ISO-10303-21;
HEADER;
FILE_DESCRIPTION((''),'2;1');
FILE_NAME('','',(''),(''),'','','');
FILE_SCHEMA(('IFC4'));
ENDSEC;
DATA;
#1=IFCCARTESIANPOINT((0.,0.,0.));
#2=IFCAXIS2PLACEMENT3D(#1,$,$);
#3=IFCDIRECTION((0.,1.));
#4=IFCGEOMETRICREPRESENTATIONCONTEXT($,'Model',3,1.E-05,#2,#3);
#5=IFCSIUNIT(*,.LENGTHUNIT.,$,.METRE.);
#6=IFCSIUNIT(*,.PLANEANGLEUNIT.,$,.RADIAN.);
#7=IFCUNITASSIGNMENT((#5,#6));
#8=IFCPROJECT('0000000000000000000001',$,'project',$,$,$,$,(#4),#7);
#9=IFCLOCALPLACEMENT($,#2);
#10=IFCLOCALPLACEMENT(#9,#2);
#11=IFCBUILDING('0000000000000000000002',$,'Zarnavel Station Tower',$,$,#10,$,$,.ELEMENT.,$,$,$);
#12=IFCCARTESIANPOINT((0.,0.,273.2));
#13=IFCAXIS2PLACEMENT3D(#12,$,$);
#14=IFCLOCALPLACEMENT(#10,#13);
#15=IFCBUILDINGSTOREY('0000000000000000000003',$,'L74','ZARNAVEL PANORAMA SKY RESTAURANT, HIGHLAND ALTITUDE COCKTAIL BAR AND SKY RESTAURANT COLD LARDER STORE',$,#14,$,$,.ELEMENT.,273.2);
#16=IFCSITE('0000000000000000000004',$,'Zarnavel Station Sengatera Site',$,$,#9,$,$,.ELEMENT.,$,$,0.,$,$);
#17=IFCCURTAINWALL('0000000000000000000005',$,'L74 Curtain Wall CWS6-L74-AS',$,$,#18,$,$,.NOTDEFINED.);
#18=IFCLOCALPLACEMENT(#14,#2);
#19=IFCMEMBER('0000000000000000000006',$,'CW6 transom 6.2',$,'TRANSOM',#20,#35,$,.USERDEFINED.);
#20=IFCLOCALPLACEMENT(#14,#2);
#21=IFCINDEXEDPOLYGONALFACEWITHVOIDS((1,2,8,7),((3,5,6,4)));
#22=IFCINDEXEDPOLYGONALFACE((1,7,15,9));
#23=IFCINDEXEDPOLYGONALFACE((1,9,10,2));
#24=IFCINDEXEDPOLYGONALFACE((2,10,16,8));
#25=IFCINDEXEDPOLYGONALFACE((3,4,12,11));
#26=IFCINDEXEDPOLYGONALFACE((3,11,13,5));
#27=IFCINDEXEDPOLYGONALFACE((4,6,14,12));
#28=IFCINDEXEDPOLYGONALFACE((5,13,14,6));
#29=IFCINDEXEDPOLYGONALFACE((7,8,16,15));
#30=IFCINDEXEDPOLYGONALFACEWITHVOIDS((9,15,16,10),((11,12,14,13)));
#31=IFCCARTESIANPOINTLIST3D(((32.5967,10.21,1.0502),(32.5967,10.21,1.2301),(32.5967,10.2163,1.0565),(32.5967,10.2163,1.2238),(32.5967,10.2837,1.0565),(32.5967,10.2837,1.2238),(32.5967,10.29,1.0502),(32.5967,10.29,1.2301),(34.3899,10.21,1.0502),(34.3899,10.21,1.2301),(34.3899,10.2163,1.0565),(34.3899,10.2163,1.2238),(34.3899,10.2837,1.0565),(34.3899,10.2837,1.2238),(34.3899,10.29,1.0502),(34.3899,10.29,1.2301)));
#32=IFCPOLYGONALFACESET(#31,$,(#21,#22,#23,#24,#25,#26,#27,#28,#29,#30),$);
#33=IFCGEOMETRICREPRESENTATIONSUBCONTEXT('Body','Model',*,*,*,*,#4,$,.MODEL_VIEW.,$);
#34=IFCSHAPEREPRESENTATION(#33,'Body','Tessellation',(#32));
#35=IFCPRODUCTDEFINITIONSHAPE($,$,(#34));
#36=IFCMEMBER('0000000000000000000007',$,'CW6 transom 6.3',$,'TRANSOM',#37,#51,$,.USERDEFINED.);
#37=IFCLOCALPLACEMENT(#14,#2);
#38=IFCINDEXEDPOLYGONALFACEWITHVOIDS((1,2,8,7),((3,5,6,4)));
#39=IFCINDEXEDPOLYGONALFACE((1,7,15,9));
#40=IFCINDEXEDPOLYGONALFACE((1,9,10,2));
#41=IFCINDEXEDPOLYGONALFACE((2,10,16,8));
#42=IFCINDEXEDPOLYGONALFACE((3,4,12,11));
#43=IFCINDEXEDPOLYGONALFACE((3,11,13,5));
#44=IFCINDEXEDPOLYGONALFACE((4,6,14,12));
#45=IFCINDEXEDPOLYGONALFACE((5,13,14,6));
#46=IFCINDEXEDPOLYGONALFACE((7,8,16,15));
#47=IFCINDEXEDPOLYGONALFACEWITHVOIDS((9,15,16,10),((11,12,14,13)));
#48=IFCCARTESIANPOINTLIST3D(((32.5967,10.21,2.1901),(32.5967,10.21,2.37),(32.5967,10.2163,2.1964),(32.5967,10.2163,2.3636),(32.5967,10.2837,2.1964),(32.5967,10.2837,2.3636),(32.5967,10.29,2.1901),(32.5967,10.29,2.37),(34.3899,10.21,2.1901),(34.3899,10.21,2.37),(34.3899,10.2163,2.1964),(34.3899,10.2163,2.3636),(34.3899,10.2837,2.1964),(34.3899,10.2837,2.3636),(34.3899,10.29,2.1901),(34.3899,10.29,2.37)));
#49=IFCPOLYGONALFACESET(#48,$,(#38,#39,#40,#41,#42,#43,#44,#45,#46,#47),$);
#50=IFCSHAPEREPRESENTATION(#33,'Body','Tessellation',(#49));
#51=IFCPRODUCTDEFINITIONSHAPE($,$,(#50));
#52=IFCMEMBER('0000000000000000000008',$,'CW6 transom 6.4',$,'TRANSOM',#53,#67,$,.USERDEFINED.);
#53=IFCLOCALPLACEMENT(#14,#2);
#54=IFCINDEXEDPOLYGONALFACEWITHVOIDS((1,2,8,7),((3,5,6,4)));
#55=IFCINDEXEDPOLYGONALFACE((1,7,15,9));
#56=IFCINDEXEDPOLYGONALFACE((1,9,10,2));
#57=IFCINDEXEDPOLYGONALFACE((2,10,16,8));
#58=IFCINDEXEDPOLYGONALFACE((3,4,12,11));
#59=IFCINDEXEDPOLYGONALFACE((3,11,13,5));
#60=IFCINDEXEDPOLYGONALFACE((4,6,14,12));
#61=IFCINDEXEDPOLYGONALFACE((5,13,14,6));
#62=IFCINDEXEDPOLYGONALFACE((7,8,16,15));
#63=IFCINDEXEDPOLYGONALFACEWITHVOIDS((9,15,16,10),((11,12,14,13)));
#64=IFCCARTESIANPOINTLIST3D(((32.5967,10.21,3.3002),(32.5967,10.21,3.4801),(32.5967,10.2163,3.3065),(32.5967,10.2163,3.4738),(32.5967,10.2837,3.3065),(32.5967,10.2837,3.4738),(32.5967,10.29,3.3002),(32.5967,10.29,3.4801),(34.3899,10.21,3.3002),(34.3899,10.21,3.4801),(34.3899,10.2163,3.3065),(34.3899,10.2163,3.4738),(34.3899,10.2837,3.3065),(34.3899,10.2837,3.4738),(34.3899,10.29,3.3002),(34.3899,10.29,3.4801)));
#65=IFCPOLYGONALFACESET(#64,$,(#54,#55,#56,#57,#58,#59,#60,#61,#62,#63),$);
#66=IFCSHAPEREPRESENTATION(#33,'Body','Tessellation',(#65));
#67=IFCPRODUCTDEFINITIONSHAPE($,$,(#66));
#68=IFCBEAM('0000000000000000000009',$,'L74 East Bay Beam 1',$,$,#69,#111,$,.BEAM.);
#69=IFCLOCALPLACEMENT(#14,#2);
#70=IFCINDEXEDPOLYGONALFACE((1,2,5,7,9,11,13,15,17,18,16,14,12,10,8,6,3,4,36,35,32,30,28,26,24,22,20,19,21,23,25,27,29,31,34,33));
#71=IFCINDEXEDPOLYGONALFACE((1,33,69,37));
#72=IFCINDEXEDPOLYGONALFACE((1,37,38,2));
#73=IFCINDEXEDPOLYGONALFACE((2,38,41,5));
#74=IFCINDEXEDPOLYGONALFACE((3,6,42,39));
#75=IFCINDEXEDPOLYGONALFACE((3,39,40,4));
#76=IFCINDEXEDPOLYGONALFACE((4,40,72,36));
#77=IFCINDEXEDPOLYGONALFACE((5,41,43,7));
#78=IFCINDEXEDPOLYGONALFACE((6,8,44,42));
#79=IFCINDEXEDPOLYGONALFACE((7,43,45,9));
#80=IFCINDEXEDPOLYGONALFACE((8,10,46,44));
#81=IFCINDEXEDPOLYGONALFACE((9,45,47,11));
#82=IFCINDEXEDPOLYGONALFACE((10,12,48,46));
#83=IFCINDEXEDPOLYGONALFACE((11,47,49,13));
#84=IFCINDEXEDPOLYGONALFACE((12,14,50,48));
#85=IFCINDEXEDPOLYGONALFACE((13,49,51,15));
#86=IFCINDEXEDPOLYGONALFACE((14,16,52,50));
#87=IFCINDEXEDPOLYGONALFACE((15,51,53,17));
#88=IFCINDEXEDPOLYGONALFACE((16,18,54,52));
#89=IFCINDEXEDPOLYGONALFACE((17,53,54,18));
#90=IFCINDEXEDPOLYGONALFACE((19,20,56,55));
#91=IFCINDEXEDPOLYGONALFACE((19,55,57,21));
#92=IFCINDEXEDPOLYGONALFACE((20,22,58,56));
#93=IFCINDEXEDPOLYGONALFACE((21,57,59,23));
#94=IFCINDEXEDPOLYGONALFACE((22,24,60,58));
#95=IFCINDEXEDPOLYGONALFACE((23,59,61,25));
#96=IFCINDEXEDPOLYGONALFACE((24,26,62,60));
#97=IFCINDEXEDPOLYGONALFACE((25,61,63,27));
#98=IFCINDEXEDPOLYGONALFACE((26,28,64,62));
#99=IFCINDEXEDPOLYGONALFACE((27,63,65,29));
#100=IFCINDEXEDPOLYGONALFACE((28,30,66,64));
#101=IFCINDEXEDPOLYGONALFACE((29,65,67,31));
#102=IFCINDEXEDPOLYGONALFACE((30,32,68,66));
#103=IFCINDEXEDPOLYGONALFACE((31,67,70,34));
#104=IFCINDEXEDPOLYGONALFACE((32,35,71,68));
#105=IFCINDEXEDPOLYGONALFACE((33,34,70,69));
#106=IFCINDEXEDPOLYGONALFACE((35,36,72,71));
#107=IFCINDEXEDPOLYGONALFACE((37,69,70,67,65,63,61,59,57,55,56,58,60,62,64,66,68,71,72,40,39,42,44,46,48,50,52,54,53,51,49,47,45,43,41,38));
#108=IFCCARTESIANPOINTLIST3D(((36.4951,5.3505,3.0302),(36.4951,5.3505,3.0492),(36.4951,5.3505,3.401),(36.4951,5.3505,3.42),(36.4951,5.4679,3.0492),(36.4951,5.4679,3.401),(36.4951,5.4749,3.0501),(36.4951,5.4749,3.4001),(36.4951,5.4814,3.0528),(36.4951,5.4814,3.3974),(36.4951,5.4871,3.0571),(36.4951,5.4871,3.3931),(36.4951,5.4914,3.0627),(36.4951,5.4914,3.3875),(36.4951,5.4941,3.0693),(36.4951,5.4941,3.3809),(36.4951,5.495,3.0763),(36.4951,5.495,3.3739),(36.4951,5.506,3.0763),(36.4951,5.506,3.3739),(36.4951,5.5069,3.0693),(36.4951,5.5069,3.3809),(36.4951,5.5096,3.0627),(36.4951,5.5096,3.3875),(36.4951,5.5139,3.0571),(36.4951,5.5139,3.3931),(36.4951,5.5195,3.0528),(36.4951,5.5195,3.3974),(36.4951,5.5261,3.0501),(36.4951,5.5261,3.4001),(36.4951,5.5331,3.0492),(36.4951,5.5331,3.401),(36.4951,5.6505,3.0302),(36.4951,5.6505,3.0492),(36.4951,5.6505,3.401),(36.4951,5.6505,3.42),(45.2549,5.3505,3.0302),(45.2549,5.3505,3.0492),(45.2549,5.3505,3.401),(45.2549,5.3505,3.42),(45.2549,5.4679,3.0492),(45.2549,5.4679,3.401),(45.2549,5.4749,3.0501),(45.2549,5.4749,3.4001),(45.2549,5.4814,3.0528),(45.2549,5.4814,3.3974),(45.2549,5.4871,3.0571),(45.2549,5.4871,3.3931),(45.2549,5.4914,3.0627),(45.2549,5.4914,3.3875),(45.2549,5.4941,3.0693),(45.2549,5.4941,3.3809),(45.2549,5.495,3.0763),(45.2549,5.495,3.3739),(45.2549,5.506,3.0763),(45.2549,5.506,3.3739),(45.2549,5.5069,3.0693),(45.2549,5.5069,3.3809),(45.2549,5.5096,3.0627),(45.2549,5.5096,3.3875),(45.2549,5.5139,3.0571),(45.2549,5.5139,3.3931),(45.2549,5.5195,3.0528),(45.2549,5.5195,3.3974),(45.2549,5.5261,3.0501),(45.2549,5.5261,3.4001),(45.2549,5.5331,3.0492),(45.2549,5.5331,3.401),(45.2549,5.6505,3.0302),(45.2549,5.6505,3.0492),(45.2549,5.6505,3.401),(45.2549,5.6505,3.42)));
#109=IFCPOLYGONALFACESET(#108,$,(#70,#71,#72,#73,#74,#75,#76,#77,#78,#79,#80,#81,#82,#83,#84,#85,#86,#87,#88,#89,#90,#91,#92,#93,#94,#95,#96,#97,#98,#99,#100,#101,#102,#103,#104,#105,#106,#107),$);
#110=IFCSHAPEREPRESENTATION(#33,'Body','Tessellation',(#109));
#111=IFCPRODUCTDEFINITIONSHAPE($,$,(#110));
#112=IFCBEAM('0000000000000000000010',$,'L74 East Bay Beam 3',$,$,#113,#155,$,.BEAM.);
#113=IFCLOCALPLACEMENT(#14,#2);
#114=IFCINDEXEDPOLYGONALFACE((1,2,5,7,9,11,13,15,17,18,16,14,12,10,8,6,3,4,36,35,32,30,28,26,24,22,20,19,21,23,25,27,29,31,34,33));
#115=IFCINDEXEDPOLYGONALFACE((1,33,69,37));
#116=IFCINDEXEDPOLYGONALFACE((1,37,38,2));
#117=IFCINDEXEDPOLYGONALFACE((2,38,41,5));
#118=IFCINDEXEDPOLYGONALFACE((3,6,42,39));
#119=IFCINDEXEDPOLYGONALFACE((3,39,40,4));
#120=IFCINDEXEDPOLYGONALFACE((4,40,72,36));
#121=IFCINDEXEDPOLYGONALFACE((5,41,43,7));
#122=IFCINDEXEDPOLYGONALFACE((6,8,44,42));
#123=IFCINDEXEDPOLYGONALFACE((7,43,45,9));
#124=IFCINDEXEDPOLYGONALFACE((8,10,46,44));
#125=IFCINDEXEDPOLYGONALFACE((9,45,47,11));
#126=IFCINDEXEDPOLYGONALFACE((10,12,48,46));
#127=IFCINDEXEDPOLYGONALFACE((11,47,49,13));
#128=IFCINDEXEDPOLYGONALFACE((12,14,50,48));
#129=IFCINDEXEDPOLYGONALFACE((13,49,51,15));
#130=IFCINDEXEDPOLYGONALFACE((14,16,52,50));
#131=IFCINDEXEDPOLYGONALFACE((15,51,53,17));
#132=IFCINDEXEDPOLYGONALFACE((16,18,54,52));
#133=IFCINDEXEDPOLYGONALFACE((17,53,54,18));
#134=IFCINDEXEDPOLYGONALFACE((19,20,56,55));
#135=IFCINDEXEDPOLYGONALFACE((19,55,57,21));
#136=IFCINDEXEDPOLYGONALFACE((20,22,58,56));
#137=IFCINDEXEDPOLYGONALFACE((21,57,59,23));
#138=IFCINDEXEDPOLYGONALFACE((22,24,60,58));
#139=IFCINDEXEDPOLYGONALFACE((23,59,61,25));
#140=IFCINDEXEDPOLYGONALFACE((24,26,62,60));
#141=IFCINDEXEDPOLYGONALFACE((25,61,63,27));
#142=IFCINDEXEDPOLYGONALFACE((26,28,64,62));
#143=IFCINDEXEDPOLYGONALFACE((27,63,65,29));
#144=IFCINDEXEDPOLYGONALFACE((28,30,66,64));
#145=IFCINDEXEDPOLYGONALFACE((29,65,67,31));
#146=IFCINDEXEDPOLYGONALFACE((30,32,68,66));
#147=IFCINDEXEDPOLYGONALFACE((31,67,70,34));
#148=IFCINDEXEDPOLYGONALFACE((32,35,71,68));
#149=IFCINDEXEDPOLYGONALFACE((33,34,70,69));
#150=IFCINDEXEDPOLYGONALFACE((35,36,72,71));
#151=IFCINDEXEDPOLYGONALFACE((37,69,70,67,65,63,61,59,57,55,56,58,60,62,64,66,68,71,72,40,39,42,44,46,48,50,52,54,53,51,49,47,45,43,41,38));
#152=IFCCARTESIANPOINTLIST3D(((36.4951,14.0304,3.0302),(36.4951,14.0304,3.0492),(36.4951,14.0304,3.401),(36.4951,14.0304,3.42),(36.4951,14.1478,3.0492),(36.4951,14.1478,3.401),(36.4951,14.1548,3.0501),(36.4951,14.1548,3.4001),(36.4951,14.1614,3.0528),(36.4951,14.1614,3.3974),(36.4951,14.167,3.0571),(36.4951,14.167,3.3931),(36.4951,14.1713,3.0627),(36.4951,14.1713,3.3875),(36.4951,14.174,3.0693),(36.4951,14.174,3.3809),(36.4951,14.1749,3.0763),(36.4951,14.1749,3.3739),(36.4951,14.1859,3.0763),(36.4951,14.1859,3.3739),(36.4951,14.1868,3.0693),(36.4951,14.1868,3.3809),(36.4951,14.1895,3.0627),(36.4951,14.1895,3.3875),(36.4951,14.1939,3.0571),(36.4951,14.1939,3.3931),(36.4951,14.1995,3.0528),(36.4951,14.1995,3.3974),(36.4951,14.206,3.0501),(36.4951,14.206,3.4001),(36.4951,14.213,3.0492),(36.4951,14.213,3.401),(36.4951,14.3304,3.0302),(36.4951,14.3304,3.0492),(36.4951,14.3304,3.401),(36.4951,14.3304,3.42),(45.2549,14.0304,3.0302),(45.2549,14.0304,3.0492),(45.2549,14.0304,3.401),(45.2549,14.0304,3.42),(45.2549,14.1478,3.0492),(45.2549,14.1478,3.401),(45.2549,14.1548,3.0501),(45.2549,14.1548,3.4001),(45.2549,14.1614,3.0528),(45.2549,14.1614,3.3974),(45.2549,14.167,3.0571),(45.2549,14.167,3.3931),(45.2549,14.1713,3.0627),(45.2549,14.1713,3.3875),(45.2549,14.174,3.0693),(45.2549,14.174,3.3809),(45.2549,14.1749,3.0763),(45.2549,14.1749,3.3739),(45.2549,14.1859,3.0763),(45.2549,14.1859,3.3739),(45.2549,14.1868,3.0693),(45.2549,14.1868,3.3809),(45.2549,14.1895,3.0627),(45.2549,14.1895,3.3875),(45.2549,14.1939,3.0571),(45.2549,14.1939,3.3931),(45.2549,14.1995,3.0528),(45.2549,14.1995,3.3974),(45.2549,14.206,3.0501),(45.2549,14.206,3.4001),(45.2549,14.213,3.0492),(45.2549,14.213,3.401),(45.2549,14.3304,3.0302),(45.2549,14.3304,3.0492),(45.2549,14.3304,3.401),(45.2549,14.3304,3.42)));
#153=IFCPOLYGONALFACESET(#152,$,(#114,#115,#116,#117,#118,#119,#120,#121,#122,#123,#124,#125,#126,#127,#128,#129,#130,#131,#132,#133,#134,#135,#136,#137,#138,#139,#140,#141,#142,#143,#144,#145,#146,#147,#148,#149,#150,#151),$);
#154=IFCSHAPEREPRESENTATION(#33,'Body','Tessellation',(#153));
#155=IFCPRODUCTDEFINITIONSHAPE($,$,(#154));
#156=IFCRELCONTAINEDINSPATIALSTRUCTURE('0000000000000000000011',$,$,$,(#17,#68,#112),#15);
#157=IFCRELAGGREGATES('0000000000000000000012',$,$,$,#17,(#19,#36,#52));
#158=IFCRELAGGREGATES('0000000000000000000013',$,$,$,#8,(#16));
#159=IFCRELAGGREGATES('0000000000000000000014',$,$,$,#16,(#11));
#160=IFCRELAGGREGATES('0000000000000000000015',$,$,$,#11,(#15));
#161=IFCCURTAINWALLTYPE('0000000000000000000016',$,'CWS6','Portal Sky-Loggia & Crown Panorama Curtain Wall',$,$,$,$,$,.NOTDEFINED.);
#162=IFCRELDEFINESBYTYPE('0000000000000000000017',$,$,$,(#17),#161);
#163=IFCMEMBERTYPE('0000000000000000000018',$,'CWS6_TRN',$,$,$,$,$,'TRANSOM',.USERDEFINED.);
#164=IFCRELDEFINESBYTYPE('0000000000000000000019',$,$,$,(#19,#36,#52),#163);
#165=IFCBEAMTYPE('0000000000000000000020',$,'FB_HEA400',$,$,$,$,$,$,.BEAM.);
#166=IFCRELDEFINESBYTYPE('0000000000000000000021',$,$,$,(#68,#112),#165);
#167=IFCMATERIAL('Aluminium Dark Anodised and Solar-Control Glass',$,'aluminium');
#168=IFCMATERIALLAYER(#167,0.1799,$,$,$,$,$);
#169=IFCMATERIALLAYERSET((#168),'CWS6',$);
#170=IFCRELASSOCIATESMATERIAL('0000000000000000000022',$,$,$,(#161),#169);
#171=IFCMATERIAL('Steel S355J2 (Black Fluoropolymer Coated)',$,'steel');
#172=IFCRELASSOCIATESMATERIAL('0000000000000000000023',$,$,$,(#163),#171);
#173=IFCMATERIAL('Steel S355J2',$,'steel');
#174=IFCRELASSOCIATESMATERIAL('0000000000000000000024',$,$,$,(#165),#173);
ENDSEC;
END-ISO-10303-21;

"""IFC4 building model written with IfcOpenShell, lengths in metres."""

from ifc_helpers import new_model, si_unit, direction, frame, origin, origin_2d, place, context, subcontext, project, spatial, hollow_rectangle, i_section, extrude, material, layer, layer_set, material_profile, profile_set, type_object, element, aggregate, save


model = new_model("IFC4")

# Units and contexts
model_context = context("Model", 3, precision=1e-05, world=origin(), true_north=direction((0.0, 1.0)))
body_context = subcontext(model_context, "Body", "Model", "MODEL_VIEW")
ifc_project = project(units=[si_unit("LENGTHUNIT", "METRE"), si_unit("PLANEANGLEUNIT", "RADIAN")], contexts=[model_context])

# Site, building, storey
site_placement = place(None, origin())
site = spatial("IfcSite", under=ifc_project, at=site_placement, Name="Zarnavel Station Sengatera Site", CompositionType="ELEMENT", RefElevation=0.0)
building_placement = place(site_placement, origin())
building = spatial("IfcBuilding", under=site, at=building_placement, Name="Zarnavel Station Tower", CompositionType="ELEMENT")
storey_placement = place(building_placement, frame((0.0, 0.0, 273.2)))
storey = spatial("IfcBuildingStorey", under=building, at=storey_placement, Name="L74", Description="ZARNAVEL PANORAMA SKY RESTAURANT, HIGHLAND ALTITUDE COCKTAIL BAR AND SKY RESTAURANT COLD LARDER STORE", CompositionType="ELEMENT", Elevation=273.2)

# Curtain wall, members
ifc_material_1 = material(Name="Aluminium Dark Anodised and Solar-Control Glass", Category="aluminium")
ifc_layer_1 = layer(ifc_material_1, 0.1799)
ifc_layer_set_1 = layer_set([ifc_layer_1], Name="CWS6")
curtain_wall_type = type_object("IfcCurtainWallType", Name="CWS6", Description="Portal Sky-Loggia & Crown Panorama Curtain Wall", PredefinedType="NOTDEFINED", material=ifc_layer_set_1)
curtain_wall_placement = place(storey_placement, origin())
curtain_wall = element("IfcCurtainWall", 1, at=curtain_wall_placement, inside=storey, type_object=curtain_wall_type, Name="L74 Curtain Wall CWS6-L74-AS", PredefinedType="NOTDEFINED")
ifc_material_2 = material(Name="Steel S355J2 (Black Fluoropolymer Coated)", Category="steel")
ifc_material_profile_1 = material_profile(ifc_material_2, hollow_rectangle(XDim=0.0801, YDim=0.1799, WallThickness=0.0063, at=origin_2d()), Name="RHS180x80x6.3")
ifc_profile_set_1 = profile_set([ifc_material_profile_1], Name="Steel S355J2 (Black Fluoropolymer Coated)")
member_type_1 = type_object("IfcMemberType", Name="CWS6_TRN", ElementType="TRANSOM", PredefinedType="USERDEFINED", material=ifc_profile_set_1)
member_1_placement = place(storey_placement, frame((32.5967, 10.25, 1.1401), z_axis=(1.0, 0.0, 0.0), x_axis=(0.0, 1.0, 0.0)))
member_1 = element("IfcMember", 2, at=member_1_placement, type_object=member_type_1, Name="CW6 transom 6.2", ObjectType="TRANSOM", PredefinedType="USERDEFINED", context=body_context, shape_type="SweptSolid", body=[
    extrude(hollow_rectangle(XDim=0.0801, YDim=0.1799, WallThickness=0.0063, at=origin_2d()), origin(), (0.0, 0.0, 1.0), 1.7932),
])
member_2_placement = place(storey_placement, frame((32.5967, 10.25, 2.28), z_axis=(1.0, 0.0, 0.0), x_axis=(0.0, 1.0, 0.0)))
member_2 = element("IfcMember", 3, at=member_2_placement, type_object=member_type_1, Name="CW6 transom 6.3", ObjectType="TRANSOM", PredefinedType="USERDEFINED", context=body_context, shape_type="SweptSolid", body=[
    extrude(hollow_rectangle(XDim=0.0801, YDim=0.1799, WallThickness=0.0063, at=origin_2d()), origin(), (0.0, 0.0, 1.0), 1.7932),
])
member_3_placement = place(storey_placement, frame((32.5967, 10.25, 3.3901), z_axis=(1.0, 0.0, 0.0), x_axis=(0.0, 1.0, 0.0)))
member_3 = element("IfcMember", 4, at=member_3_placement, type_object=member_type_1, Name="CW6 transom 6.4", ObjectType="TRANSOM", PredefinedType="USERDEFINED", context=body_context, shape_type="SweptSolid", body=[
    extrude(hollow_rectangle(XDim=0.0801, YDim=0.1799, WallThickness=0.0063, at=origin_2d()), origin(), (0.0, 0.0, 1.0), 1.7932),
])

# Beams
ifc_material_3 = material(Name="Steel S355J2", Category="steel")
ifc_material_profile_2 = material_profile(ifc_material_3, i_section(OverallWidth=0.3, OverallDepth=0.3899, WebThickness=0.011, FlangeThickness=0.019, FilletRadius=0.0271, at=origin_2d()), Name="HEA400")
ifc_profile_set_2 = profile_set([ifc_material_profile_2], Name="Steel S355J2")
beam_type_1 = type_object("IfcBeamType", Name="FB_HEA400", PredefinedType="BEAM", material=ifc_profile_set_2)
for number, where, z_axis, x_axis, name in (
    (5, (36.4951, 5.5005, 3.2251), (1.0, 0.0, 0.0), (0.0, 1.0, 0.0), "L74 East Bay Beam 1"),
    (6, (36.4951, 14.1804, 3.2251), (1.0, 0.0, 0.0), (0.0, 1.0, 0.0), "L74 East Bay Beam 3"),
):
    element("IfcBeam", number, at=place(storey_placement, frame(where, z_axis=z_axis, x_axis=x_axis)), inside=storey, type_object=beam_type_1, Name=name, PredefinedType="BEAM", context=body_context, shape_type="SweptSolid", body=[
        extrude(i_section(OverallWidth=0.3, OverallDepth=0.3899, WebThickness=0.011, FlangeThickness=0.019, FilletRadius=0.0271, at=origin_2d()), origin(), (0.0, 0.0, 1.0), 8.7598),
    ])

aggregate(curtain_wall, [member_1, member_2, member_3])

save(model, "model.ifc")
